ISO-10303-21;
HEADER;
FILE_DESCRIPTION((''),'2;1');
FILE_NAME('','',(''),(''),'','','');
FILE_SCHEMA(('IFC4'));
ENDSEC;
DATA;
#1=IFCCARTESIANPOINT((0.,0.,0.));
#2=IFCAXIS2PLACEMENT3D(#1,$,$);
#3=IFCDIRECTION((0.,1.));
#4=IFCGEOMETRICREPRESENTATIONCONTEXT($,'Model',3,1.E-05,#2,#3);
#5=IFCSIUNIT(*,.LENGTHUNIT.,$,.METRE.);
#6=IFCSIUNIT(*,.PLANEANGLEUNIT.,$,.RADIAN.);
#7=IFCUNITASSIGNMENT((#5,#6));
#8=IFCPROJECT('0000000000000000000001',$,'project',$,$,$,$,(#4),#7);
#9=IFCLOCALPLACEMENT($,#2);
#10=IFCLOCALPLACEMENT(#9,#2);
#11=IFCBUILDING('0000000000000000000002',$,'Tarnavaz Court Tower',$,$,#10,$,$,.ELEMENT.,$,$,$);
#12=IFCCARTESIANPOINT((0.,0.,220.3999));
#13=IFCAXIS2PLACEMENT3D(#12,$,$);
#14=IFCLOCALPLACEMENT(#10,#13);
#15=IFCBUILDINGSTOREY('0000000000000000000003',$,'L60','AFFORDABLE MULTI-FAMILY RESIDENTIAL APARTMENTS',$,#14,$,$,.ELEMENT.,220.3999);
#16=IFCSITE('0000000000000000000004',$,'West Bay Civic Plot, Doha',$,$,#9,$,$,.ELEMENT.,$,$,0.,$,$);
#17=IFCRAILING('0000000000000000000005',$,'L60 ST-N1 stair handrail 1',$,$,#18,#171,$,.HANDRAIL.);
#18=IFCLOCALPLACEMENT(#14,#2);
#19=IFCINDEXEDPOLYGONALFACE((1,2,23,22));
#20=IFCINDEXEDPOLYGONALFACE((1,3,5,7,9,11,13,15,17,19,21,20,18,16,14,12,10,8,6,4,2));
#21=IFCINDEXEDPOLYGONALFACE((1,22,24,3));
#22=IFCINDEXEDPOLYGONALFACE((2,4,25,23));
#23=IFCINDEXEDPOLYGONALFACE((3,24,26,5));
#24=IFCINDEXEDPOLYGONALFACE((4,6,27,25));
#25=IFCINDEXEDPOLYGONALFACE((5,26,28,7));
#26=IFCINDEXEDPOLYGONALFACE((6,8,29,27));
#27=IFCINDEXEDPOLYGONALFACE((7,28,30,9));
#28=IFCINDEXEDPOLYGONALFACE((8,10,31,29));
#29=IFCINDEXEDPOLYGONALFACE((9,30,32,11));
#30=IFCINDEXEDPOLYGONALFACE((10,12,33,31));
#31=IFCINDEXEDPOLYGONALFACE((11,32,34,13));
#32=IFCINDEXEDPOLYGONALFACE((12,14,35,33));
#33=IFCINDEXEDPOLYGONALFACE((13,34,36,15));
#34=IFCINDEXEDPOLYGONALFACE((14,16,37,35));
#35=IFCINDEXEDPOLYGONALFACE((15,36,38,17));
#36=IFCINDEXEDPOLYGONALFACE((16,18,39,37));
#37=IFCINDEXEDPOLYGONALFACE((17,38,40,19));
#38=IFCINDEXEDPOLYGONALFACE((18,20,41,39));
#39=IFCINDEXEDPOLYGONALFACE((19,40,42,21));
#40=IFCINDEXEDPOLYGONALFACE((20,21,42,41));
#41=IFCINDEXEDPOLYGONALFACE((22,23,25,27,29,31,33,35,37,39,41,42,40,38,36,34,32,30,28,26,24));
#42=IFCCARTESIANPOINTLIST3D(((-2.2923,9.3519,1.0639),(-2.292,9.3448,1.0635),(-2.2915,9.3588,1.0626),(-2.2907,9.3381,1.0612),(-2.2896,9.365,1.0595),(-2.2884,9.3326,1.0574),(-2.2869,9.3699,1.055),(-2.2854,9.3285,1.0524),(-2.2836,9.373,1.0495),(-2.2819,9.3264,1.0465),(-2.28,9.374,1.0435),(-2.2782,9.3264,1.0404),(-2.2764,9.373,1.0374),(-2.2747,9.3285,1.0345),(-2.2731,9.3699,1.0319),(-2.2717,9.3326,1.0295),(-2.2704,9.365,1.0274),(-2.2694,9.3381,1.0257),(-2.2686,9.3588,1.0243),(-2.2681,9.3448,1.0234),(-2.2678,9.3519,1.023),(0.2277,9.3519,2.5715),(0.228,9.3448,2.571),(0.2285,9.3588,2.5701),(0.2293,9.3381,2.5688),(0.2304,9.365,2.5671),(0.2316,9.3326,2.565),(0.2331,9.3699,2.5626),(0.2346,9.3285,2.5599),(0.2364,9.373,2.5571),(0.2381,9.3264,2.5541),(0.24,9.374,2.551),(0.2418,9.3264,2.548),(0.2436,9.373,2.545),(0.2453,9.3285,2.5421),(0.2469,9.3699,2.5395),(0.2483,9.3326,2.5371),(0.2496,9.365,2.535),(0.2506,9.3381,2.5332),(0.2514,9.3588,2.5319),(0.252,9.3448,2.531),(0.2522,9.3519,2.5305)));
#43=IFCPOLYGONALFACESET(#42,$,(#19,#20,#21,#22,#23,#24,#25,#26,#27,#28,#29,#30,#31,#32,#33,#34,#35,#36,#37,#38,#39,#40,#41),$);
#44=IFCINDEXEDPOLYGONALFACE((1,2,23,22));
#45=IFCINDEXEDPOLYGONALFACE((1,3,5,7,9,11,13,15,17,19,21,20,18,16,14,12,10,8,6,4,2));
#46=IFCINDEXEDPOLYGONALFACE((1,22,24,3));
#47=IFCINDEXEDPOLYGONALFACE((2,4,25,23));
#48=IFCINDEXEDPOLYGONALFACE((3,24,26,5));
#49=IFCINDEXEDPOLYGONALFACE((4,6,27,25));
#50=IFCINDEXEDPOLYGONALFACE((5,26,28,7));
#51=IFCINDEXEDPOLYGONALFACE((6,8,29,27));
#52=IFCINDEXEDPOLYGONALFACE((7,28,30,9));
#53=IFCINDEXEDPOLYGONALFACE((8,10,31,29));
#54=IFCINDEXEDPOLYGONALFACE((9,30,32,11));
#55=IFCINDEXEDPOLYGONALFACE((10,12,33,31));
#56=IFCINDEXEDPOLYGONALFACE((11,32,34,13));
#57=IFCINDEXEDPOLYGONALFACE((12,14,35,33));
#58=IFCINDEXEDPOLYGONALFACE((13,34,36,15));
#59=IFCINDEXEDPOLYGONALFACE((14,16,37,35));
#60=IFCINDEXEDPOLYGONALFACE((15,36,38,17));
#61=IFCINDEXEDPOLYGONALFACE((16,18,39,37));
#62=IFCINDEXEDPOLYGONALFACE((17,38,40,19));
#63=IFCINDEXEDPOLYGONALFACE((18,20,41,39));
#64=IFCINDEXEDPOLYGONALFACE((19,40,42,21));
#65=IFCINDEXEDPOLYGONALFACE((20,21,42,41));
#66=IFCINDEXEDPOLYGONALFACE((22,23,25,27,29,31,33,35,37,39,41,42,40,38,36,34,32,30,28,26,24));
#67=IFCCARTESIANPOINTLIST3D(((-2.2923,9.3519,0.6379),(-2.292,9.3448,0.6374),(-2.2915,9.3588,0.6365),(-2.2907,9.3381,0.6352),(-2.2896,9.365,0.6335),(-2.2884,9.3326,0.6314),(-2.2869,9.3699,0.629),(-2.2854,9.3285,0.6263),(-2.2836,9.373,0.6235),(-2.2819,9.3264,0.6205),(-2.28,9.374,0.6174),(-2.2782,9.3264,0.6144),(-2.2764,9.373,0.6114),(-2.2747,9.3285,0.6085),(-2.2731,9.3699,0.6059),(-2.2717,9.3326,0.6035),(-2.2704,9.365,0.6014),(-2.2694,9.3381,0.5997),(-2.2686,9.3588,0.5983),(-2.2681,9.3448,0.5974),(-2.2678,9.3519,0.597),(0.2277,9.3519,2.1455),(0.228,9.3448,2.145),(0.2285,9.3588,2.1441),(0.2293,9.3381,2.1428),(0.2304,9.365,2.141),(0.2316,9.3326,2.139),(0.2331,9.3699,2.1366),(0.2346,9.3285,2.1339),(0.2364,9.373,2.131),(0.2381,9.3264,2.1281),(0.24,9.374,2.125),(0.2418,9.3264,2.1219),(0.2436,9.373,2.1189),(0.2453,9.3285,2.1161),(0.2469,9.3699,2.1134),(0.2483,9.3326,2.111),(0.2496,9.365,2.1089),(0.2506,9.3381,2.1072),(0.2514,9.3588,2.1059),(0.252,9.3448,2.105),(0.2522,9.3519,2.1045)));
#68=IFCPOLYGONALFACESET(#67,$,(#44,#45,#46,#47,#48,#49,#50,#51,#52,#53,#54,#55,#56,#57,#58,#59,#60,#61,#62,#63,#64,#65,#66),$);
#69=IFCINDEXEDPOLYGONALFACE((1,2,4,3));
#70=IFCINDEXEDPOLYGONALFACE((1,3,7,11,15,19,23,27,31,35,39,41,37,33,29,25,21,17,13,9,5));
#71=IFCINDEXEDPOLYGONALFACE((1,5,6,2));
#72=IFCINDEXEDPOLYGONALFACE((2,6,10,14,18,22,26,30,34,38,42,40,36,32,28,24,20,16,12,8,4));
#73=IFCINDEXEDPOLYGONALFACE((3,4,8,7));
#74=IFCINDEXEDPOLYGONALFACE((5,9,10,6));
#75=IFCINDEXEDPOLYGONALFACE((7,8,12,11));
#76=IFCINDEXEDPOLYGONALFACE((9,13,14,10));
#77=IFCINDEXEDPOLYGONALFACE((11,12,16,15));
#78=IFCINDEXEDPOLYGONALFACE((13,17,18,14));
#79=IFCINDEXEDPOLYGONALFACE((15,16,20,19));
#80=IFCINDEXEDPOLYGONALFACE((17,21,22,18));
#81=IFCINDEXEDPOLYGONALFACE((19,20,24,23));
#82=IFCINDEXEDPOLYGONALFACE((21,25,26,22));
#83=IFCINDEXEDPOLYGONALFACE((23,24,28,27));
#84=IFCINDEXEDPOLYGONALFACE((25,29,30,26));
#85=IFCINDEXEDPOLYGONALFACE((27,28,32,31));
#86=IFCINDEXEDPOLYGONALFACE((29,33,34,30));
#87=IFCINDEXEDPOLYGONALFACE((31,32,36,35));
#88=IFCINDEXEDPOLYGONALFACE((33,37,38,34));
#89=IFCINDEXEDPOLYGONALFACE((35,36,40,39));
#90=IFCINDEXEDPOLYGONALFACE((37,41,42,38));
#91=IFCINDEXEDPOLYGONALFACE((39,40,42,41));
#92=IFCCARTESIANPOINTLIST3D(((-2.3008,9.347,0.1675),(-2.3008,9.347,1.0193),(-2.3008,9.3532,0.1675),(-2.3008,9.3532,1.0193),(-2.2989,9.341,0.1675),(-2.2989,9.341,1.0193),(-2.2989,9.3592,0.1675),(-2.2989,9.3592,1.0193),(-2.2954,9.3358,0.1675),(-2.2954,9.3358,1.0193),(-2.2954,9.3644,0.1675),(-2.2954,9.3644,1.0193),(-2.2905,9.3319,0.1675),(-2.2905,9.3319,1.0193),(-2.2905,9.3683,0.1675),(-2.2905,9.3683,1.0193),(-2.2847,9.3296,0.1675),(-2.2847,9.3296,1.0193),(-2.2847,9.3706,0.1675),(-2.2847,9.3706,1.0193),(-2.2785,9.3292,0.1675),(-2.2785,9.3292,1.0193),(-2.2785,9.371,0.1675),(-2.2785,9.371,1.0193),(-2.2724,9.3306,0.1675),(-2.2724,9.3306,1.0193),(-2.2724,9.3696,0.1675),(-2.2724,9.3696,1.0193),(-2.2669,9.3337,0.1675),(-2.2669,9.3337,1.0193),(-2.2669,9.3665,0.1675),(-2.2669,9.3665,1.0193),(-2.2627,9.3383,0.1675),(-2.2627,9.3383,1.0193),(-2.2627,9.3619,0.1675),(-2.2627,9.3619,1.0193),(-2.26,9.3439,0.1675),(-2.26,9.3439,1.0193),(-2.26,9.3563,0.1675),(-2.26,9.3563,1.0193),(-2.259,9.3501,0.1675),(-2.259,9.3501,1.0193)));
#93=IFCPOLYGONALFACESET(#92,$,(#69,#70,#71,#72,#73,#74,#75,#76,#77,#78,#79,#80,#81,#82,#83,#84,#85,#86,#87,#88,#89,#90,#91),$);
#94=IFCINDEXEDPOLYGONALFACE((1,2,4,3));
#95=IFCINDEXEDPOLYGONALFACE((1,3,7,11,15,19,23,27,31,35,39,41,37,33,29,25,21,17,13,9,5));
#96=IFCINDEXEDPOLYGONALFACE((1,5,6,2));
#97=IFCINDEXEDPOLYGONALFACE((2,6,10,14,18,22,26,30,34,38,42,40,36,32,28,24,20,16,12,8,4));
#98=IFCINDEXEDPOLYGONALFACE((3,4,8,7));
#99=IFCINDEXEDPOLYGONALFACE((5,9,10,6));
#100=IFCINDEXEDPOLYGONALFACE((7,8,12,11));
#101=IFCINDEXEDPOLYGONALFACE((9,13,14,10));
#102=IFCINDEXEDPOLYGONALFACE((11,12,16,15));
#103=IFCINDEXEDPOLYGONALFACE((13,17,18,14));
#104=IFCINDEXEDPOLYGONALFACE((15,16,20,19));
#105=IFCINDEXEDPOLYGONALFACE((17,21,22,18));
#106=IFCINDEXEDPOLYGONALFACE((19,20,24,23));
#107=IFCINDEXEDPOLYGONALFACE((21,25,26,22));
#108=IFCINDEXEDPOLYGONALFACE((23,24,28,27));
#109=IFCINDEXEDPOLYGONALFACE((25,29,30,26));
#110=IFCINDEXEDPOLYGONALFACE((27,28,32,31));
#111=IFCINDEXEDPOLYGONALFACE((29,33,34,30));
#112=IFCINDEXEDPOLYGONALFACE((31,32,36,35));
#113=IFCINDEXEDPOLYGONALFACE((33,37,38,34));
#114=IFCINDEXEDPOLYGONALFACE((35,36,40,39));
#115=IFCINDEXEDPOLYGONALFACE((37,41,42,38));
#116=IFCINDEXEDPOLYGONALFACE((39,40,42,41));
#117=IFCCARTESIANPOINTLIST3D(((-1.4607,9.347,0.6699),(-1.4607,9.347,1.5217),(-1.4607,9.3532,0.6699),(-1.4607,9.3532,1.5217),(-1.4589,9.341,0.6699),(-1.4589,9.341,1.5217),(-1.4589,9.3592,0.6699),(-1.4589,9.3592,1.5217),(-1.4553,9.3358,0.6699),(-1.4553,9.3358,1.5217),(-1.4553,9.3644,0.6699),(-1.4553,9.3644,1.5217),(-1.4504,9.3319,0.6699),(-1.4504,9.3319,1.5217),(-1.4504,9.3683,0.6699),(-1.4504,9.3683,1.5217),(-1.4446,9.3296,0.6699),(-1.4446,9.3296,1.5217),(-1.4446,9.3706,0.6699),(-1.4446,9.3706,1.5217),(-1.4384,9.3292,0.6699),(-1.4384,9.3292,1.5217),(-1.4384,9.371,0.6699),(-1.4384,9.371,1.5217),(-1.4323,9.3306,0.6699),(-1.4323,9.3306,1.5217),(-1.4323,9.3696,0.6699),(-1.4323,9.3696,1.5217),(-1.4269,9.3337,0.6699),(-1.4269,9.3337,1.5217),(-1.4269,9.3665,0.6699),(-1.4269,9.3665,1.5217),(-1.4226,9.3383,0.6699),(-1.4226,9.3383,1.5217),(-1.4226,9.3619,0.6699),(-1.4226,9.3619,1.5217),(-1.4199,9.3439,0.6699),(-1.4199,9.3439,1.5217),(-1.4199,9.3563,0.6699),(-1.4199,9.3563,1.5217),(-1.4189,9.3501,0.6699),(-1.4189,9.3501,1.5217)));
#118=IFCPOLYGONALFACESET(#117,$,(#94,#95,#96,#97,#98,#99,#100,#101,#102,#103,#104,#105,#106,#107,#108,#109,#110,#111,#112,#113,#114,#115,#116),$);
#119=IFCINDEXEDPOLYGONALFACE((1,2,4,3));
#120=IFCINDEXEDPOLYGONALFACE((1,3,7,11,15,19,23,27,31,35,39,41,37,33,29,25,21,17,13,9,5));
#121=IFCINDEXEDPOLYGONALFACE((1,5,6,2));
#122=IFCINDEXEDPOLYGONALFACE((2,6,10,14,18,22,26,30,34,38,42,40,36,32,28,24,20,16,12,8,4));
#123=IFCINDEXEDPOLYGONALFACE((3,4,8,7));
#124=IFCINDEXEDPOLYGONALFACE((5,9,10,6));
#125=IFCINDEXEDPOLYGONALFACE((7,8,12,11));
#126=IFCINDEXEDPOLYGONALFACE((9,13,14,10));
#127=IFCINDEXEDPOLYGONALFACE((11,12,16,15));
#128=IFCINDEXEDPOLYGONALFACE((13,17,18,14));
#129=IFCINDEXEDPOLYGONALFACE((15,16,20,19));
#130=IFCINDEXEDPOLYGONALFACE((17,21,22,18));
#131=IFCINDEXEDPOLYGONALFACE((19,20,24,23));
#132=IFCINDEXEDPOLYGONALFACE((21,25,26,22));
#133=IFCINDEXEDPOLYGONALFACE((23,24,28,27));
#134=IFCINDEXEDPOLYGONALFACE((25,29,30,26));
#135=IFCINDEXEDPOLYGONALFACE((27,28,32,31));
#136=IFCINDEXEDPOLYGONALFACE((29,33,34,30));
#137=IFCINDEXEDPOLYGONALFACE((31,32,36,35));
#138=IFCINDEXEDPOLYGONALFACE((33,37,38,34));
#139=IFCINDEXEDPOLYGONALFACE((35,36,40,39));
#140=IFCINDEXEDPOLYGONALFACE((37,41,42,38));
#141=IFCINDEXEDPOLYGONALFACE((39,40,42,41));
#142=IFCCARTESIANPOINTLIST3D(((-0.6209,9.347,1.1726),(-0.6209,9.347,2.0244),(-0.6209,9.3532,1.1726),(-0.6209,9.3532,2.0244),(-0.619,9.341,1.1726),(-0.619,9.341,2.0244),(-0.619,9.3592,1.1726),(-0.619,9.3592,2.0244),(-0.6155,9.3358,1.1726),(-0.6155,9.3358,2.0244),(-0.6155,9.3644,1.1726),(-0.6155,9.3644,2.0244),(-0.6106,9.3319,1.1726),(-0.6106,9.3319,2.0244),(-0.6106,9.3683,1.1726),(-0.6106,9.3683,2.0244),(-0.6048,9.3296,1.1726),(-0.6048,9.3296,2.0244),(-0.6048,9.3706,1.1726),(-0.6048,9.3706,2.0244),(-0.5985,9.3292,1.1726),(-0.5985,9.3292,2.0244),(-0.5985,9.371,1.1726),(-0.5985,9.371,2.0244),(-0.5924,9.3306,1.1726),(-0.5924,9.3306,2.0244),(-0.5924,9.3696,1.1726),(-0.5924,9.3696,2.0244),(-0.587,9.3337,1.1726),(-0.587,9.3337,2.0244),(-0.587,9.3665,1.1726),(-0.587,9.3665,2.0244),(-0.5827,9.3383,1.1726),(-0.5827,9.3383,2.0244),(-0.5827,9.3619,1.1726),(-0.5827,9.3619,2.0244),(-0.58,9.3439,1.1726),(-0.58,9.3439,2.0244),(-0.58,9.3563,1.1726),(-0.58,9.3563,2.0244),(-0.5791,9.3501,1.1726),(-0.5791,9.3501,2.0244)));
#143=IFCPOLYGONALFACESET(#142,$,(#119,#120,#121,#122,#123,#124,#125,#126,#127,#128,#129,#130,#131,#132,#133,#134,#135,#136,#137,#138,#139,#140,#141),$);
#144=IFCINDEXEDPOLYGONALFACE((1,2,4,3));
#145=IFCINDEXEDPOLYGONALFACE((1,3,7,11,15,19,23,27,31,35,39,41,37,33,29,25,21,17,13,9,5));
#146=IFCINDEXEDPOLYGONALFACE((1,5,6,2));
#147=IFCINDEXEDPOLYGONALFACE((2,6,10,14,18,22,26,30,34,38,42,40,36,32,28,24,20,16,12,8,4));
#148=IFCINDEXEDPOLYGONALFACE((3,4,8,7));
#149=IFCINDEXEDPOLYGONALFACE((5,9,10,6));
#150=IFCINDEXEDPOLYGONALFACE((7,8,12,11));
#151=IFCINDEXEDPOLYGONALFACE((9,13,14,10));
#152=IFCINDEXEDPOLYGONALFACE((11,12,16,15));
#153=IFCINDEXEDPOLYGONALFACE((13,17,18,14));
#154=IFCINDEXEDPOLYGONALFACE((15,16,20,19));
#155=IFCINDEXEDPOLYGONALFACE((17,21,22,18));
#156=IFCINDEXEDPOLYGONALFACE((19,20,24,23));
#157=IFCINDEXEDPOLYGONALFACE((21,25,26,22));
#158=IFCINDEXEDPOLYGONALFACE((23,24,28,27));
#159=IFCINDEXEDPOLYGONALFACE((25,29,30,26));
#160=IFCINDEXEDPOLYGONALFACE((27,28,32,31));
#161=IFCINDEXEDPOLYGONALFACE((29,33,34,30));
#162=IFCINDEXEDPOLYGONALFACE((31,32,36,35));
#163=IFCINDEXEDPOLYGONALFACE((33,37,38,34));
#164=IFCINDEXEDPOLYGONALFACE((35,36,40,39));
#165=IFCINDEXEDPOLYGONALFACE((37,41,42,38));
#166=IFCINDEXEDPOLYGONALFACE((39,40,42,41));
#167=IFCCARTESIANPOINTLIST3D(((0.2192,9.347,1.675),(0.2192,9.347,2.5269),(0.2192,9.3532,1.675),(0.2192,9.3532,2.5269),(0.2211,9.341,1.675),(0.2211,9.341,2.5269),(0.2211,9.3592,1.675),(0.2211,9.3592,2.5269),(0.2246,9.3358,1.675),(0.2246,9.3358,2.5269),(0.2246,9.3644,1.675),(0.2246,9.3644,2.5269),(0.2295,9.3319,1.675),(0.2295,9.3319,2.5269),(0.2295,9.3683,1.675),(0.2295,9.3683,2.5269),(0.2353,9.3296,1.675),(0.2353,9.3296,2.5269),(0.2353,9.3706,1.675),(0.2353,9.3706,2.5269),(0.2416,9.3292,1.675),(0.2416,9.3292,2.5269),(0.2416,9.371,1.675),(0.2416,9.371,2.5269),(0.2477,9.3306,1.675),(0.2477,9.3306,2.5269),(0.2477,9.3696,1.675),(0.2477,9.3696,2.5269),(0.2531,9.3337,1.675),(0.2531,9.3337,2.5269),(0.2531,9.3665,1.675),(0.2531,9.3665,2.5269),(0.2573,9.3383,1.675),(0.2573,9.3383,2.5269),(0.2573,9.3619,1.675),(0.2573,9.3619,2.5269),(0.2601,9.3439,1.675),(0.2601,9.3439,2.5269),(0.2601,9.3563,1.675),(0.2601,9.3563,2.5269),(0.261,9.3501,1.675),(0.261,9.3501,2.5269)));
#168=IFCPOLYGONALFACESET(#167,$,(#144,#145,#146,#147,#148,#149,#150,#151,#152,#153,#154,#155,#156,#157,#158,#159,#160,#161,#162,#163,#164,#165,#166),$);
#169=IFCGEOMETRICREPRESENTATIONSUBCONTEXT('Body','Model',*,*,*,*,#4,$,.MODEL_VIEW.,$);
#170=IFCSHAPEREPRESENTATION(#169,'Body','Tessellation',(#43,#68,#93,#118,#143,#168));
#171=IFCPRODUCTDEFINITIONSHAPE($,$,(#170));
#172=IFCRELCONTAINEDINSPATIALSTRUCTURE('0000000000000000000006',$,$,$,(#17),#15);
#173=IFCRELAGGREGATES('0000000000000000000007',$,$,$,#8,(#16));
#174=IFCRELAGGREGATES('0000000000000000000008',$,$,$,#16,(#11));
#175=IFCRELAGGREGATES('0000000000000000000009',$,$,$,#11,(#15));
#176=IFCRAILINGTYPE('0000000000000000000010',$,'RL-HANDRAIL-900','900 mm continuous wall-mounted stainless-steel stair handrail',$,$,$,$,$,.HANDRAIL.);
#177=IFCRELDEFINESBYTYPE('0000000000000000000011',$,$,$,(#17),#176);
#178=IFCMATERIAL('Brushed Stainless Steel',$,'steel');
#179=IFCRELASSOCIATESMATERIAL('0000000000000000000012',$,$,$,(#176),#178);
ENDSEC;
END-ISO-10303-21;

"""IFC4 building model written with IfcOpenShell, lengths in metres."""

from ifc_helpers import new_model, si_unit, direction, frame, origin, origin_2d, place, context, subcontext, project, spatial, circle, extrude, material, type_object, element, save


model = new_model("IFC4")

# Units and contexts
model_context = context("Model", 3, precision=1e-05, world=origin(), true_north=direction((0.0, 1.0)))
body_context = subcontext(model_context, "Body", "Model", "MODEL_VIEW")
ifc_project = project(units=[si_unit("LENGTHUNIT", "METRE"), si_unit("PLANEANGLEUNIT", "RADIAN")], contexts=[model_context])

# Site, building, storey
site_placement = place(None, origin())
site = spatial("IfcSite", under=ifc_project, at=site_placement, Name="West Bay Civic Plot, Doha", CompositionType="ELEMENT", RefElevation=0.0)
building_placement = place(site_placement, origin())
building = spatial("IfcBuilding", under=site, at=building_placement, Name="Tarnavaz Court Tower", CompositionType="ELEMENT")
storey_placement = place(building_placement, frame((0.0, 0.0, 220.3999)))
storey = spatial("IfcBuildingStorey", under=building, at=storey_placement, Name="L60", Description="AFFORDABLE MULTI-FAMILY RESIDENTIAL APARTMENTS", CompositionType="ELEMENT", Elevation=220.3999)

# Railing
ifc_material_1 = material(Name="Brushed Stainless Steel", Category="steel")
railing_type_1 = type_object("IfcRailingType", Name="RL-HANDRAIL-900", Description="900 mm continuous wall-mounted stainless-steel stair handrail", PredefinedType="HANDRAIL", material=ifc_material_1)
railing_1_placement = place(storey_placement, frame((-2.28, 9.3501, 0.1675)))
element("IfcRailing", 1, at=railing_1_placement, inside=storey, type_object=railing_type_1, Name="L60 ST-N1 stair handrail 1", PredefinedType="HANDRAIL", context=body_context, shape_type="SweptSolid", body=[
    extrude(circle(Radius=0.0239, at=origin_2d()), frame((0.0, 0.0, 0.876), z_axis=(0.85816, 0.0, 0.513383), x_axis=(0.0, 1.0, 0.0)), (0.0, 0.0, 1.0), 2.9365),
    extrude(circle(Radius=0.0239, at=origin_2d()), frame((0.0, 0.0, 0.45), z_axis=(0.85816, 0.0, 0.513383), x_axis=(0.0, 1.0, 0.0)), (0.0, 0.0, 1.0), 2.9365),
    extrude(circle(Radius=0.021, at=origin_2d()), origin(), (0.0, 0.0, 1.0), 0.8518),
    extrude(circle(Radius=0.021, at=origin_2d()), frame((0.8401, 0.0, 0.5024)), (0.0, 0.0, 1.0), 0.8518),
    extrude(circle(Radius=0.021, at=origin_2d()), frame((1.6799, 0.0, 1.0051)), (0.0, 0.0, 1.0), 0.8518),
    extrude(circle(Radius=0.021, at=origin_2d()), frame((2.52, 0.0, 1.5076)), (0.0, 0.0, 1.0), 0.8518),
])

save(model, "model.ifc")
